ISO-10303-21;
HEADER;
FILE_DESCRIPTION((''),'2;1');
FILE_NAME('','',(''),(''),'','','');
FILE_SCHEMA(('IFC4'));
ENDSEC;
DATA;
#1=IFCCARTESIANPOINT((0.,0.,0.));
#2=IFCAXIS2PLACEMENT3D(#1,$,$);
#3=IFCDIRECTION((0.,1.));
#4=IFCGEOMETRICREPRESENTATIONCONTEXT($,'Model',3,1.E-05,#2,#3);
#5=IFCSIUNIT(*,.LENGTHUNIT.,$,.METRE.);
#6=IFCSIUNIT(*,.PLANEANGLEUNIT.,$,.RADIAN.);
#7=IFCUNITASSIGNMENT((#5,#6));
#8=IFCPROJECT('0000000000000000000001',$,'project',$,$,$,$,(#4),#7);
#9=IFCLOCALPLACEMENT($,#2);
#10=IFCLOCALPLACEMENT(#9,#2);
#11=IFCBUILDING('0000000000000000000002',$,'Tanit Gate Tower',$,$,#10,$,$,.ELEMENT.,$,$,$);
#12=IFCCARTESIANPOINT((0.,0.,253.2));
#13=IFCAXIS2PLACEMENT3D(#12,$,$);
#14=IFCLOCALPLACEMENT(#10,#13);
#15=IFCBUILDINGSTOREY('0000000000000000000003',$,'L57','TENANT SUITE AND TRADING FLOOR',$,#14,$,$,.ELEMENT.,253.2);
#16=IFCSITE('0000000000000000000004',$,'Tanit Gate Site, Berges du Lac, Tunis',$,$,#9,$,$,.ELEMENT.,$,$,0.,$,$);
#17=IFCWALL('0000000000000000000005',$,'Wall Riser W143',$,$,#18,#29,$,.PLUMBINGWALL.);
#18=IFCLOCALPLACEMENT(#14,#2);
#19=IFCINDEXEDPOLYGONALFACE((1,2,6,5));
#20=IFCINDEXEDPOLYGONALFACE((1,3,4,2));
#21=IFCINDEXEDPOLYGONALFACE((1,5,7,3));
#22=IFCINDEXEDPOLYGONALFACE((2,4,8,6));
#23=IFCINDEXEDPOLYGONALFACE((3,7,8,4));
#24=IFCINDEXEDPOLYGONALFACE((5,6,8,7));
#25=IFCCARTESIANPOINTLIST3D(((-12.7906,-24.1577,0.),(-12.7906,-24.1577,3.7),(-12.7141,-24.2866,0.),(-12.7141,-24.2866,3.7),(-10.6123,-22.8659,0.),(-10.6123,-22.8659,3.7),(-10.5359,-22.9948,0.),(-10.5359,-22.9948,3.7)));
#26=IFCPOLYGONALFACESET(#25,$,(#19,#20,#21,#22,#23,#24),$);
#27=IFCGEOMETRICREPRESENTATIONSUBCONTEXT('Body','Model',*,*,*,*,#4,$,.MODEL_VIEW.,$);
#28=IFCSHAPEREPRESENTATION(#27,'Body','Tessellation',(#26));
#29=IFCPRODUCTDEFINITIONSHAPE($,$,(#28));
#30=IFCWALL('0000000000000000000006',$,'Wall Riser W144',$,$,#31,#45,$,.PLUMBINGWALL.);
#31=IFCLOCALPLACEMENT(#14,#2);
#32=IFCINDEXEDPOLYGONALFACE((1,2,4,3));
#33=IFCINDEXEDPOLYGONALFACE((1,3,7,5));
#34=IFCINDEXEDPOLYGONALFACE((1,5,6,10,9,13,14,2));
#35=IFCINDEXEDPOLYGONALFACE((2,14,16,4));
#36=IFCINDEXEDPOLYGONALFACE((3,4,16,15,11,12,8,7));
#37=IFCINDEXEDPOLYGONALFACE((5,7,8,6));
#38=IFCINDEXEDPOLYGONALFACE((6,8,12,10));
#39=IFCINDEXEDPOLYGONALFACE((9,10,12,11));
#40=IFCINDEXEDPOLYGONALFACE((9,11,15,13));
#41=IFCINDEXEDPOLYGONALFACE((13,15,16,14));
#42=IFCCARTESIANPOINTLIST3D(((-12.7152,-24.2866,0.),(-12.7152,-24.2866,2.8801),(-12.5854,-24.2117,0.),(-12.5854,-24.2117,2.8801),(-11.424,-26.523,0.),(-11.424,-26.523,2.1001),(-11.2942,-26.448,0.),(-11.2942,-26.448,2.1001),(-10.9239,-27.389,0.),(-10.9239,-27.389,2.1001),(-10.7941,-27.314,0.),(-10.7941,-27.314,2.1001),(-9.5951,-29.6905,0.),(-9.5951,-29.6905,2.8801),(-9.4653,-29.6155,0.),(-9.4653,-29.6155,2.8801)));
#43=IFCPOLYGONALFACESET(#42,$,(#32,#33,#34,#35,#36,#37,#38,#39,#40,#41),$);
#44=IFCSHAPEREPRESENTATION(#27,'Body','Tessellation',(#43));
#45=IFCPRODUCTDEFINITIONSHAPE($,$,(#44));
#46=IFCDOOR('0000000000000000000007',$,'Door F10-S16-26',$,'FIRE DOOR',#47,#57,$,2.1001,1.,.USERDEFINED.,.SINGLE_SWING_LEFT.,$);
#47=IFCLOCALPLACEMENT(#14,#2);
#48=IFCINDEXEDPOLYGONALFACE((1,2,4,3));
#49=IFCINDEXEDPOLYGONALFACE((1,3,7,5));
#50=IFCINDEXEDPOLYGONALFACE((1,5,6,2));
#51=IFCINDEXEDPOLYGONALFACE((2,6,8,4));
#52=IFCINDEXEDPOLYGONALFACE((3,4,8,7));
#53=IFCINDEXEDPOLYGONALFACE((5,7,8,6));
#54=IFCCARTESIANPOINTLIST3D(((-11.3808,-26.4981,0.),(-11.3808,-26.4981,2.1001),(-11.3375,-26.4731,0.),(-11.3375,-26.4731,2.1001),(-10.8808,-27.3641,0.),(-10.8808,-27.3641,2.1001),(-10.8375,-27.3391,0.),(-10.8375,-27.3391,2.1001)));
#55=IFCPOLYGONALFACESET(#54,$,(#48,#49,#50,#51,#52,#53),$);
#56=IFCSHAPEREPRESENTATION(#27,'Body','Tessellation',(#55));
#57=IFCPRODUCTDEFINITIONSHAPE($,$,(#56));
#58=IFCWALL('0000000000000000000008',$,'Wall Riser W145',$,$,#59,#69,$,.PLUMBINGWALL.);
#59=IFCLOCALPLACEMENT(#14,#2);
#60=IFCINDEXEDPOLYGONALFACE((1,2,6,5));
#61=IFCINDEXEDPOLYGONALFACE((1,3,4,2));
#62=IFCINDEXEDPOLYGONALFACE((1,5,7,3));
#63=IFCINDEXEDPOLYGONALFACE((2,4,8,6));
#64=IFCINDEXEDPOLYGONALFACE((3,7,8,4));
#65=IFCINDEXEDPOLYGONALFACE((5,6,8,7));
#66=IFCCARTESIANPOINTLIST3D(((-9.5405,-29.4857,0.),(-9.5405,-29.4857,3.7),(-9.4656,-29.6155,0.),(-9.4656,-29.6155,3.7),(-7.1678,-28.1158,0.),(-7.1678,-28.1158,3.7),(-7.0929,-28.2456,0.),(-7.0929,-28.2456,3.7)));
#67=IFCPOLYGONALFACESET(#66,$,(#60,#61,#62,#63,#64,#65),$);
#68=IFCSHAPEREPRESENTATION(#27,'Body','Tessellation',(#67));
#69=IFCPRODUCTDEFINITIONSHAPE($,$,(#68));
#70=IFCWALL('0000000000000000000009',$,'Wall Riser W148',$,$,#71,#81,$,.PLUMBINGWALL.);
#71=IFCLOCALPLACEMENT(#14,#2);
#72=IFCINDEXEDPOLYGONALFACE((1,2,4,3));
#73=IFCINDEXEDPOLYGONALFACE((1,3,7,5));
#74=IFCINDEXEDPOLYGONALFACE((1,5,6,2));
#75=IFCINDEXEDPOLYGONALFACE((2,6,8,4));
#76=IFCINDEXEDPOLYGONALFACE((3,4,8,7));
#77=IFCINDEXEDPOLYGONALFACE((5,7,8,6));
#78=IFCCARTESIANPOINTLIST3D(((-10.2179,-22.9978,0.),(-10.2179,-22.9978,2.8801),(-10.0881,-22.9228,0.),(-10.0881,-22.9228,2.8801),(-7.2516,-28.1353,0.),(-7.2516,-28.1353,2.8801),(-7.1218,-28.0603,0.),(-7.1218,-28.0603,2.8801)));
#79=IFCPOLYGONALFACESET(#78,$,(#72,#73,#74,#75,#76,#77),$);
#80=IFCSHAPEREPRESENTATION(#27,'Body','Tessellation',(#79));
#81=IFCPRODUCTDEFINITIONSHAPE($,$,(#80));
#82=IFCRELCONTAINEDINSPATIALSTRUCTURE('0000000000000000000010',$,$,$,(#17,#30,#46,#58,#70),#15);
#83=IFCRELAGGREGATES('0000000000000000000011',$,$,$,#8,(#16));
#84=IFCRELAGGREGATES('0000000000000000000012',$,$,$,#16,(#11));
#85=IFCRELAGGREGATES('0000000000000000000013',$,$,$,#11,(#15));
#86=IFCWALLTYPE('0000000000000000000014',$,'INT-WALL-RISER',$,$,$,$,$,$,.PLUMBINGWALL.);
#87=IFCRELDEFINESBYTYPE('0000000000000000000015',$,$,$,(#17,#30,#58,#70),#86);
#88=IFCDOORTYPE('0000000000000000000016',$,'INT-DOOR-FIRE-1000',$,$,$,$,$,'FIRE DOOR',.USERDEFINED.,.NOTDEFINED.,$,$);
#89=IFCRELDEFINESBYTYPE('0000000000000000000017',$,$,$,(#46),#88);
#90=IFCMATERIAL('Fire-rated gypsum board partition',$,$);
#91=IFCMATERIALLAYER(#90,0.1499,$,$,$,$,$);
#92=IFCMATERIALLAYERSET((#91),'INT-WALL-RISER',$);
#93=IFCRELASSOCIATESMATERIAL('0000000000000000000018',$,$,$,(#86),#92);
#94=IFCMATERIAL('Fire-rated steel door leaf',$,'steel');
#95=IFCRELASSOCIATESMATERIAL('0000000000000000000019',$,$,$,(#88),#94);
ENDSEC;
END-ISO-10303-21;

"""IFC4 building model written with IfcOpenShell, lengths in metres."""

from ifc_helpers import new_model, si_unit, direction, frame, frame_2d, origin, place, context, subcontext, project, spatial, rectangle, extrude, material, layer, layer_set, type_object, element, fill, save


model = new_model("IFC4")

# Units and contexts
model_context = context("Model", 3, precision=1e-05, world=origin(), true_north=direction((0.0, 1.0)))
body_context = subcontext(model_context, "Body", "Model", "MODEL_VIEW")
ifc_project = project(units=[si_unit("LENGTHUNIT", "METRE"), si_unit("PLANEANGLEUNIT", "RADIAN")], contexts=[model_context])

# Site, building, storey
site_placement = place(None, origin())
site = spatial("IfcSite", under=ifc_project, at=site_placement, Name="Tanit Gate Site, Berges du Lac, Tunis", CompositionType="ELEMENT", RefElevation=0.0)
building_placement = place(site_placement, origin())
building = spatial("IfcBuilding", under=site, at=building_placement, Name="Tanit Gate Tower", CompositionType="ELEMENT")
storey_placement = place(building_placement, frame((0.0, 0.0, 253.2)))
storey = spatial("IfcBuildingStorey", under=building, at=storey_placement, Name="L57", Description="TENANT SUITE AND TRADING FLOOR", CompositionType="ELEMENT", Elevation=253.2)

# Wall
ifc_material_1 = material(Name="Fire-rated gypsum board partition")
ifc_layer_1 = layer(ifc_material_1, 0.1499)
ifc_layer_set_1 = layer_set([ifc_layer_1], Name="INT-WALL-RISER")
wall_type_1 = type_object("IfcWallType", Name="INT-WALL-RISER", PredefinedType="PLUMBINGWALL", material=ifc_layer_set_1)
wall_1_placement = place(storey_placement, frame((-10.5742, -22.9304, 0.0), z_axis=(0.0, 0.0, 1.0), x_axis=(-0.860127, -0.51008, 0.0)))
element("IfcWall", 1, at=wall_1_placement, inside=storey, type_object=wall_type_1, Name="Wall Riser W143", PredefinedType="PLUMBINGWALL", context=body_context, shape_type="SweptSolid", body=[
    extrude(rectangle(XDim=2.5325, YDim=0.1499, at=frame_2d((1.2661, 0.0))), origin(), (0.0, 0.0, 1.0), 3.7),
])

# Wall, opening, door
wall_2_placement = place(storey_placement, frame((-12.6504, -24.249, 0.0), z_axis=(0.0, 0.0, 1.0), x_axis=(0.500027, -0.86601, 0.0)))
wall_2 = element("IfcWall", 2, at=wall_2_placement, inside=storey, type_object=wall_type_1, Name="Wall Riser W144", PredefinedType="PLUMBINGWALL", context=body_context, shape_type="SweptSolid", body=[
    extrude(rectangle(XDim=6.24, YDim=0.1499, at=frame_2d((3.1201, 0.0))), origin(), (0.0, 0.0, 1.0), 2.8801),
])
opening_1_placement = place(wall_2_placement, frame((2.5825, 0.0, 0.0)))
opening_1 = element("IfcOpeningElement", 3, at=opening_1_placement, cuts=wall_2, PredefinedType="OPENING", context=body_context, shape_type="SweptSolid", body=[
    extrude(rectangle(XDim=1.0, YDim=2.1001, at=frame_2d((0.5, 1.05))), frame((0.0, 0.085, 0.0), z_axis=(0.0, -1.0, 0.0), x_axis=(1.0, 0.0, 0.0)), (0.0, 0.0, 1.0), 0.1699),
])
ifc_material_2 = material(Name="Fire-rated steel door leaf", Category="steel")
door_type_1 = type_object("IfcDoorType", Name="INT-DOOR-FIRE-1000", ElementType="FIRE DOOR", OperationType="NOTDEFINED", PredefinedType="USERDEFINED", material=ifc_material_2)
door_1_placement = place(opening_1_placement, origin())
door_1 = element("IfcDoor", 4, at=door_1_placement, inside=storey, type_object=door_type_1, Name="Door F10-S16-26", ObjectType="FIRE DOOR", OperationType="SINGLE_SWING_LEFT", OverallHeight=2.1001, OverallWidth=1.0, PredefinedType="USERDEFINED", context=body_context, shape_type="SweptSolid", body=[
    extrude(rectangle(XDim=1.0, YDim=2.1001, at=frame_2d((0.5, 1.05))), frame((0.0, 0.0249, 0.0), z_axis=(0.0, -1.0, 0.0), x_axis=(1.0, 0.0, 0.0)), (0.0, 0.0, 1.0), 0.05),
])
fill(opening_1, door_1)

# Walls
wall_3_placement = place(storey_placement, frame((-7.1304, -28.1807, 0.0), z_axis=(0.0, 0.0, 1.0), x_axis=(-0.866013, -0.500021, 0.0)))
element("IfcWall", 5, at=wall_3_placement, inside=storey, type_object=wall_type_1, Name="Wall Riser W145", PredefinedType="PLUMBINGWALL", context=body_context, shape_type="SweptSolid", body=[
    extrude(rectangle(XDim=2.7397, YDim=0.1499, at=frame_2d((1.3699, 0.0))), origin(), (0.0, 0.0, 1.0), 3.7),
])
wall_4_placement = place(storey_placement, frame((-10.1531, -22.9602, 0.0), z_axis=(0.0, 0.0, 1.0), x_axis=(0.500025, -0.866011, 0.0)))
element("IfcWall", 6, at=wall_4_placement, inside=storey, type_object=wall_type_1, Name="Wall Riser W148", PredefinedType="PLUMBINGWALL", context=body_context, shape_type="SweptSolid", body=[
    extrude(rectangle(XDim=5.9324, YDim=0.1499, at=frame_2d((2.9663, 0.0))), origin(), (0.0, 0.0, 1.0), 2.8801),
])

save(model, "model.ifc")
